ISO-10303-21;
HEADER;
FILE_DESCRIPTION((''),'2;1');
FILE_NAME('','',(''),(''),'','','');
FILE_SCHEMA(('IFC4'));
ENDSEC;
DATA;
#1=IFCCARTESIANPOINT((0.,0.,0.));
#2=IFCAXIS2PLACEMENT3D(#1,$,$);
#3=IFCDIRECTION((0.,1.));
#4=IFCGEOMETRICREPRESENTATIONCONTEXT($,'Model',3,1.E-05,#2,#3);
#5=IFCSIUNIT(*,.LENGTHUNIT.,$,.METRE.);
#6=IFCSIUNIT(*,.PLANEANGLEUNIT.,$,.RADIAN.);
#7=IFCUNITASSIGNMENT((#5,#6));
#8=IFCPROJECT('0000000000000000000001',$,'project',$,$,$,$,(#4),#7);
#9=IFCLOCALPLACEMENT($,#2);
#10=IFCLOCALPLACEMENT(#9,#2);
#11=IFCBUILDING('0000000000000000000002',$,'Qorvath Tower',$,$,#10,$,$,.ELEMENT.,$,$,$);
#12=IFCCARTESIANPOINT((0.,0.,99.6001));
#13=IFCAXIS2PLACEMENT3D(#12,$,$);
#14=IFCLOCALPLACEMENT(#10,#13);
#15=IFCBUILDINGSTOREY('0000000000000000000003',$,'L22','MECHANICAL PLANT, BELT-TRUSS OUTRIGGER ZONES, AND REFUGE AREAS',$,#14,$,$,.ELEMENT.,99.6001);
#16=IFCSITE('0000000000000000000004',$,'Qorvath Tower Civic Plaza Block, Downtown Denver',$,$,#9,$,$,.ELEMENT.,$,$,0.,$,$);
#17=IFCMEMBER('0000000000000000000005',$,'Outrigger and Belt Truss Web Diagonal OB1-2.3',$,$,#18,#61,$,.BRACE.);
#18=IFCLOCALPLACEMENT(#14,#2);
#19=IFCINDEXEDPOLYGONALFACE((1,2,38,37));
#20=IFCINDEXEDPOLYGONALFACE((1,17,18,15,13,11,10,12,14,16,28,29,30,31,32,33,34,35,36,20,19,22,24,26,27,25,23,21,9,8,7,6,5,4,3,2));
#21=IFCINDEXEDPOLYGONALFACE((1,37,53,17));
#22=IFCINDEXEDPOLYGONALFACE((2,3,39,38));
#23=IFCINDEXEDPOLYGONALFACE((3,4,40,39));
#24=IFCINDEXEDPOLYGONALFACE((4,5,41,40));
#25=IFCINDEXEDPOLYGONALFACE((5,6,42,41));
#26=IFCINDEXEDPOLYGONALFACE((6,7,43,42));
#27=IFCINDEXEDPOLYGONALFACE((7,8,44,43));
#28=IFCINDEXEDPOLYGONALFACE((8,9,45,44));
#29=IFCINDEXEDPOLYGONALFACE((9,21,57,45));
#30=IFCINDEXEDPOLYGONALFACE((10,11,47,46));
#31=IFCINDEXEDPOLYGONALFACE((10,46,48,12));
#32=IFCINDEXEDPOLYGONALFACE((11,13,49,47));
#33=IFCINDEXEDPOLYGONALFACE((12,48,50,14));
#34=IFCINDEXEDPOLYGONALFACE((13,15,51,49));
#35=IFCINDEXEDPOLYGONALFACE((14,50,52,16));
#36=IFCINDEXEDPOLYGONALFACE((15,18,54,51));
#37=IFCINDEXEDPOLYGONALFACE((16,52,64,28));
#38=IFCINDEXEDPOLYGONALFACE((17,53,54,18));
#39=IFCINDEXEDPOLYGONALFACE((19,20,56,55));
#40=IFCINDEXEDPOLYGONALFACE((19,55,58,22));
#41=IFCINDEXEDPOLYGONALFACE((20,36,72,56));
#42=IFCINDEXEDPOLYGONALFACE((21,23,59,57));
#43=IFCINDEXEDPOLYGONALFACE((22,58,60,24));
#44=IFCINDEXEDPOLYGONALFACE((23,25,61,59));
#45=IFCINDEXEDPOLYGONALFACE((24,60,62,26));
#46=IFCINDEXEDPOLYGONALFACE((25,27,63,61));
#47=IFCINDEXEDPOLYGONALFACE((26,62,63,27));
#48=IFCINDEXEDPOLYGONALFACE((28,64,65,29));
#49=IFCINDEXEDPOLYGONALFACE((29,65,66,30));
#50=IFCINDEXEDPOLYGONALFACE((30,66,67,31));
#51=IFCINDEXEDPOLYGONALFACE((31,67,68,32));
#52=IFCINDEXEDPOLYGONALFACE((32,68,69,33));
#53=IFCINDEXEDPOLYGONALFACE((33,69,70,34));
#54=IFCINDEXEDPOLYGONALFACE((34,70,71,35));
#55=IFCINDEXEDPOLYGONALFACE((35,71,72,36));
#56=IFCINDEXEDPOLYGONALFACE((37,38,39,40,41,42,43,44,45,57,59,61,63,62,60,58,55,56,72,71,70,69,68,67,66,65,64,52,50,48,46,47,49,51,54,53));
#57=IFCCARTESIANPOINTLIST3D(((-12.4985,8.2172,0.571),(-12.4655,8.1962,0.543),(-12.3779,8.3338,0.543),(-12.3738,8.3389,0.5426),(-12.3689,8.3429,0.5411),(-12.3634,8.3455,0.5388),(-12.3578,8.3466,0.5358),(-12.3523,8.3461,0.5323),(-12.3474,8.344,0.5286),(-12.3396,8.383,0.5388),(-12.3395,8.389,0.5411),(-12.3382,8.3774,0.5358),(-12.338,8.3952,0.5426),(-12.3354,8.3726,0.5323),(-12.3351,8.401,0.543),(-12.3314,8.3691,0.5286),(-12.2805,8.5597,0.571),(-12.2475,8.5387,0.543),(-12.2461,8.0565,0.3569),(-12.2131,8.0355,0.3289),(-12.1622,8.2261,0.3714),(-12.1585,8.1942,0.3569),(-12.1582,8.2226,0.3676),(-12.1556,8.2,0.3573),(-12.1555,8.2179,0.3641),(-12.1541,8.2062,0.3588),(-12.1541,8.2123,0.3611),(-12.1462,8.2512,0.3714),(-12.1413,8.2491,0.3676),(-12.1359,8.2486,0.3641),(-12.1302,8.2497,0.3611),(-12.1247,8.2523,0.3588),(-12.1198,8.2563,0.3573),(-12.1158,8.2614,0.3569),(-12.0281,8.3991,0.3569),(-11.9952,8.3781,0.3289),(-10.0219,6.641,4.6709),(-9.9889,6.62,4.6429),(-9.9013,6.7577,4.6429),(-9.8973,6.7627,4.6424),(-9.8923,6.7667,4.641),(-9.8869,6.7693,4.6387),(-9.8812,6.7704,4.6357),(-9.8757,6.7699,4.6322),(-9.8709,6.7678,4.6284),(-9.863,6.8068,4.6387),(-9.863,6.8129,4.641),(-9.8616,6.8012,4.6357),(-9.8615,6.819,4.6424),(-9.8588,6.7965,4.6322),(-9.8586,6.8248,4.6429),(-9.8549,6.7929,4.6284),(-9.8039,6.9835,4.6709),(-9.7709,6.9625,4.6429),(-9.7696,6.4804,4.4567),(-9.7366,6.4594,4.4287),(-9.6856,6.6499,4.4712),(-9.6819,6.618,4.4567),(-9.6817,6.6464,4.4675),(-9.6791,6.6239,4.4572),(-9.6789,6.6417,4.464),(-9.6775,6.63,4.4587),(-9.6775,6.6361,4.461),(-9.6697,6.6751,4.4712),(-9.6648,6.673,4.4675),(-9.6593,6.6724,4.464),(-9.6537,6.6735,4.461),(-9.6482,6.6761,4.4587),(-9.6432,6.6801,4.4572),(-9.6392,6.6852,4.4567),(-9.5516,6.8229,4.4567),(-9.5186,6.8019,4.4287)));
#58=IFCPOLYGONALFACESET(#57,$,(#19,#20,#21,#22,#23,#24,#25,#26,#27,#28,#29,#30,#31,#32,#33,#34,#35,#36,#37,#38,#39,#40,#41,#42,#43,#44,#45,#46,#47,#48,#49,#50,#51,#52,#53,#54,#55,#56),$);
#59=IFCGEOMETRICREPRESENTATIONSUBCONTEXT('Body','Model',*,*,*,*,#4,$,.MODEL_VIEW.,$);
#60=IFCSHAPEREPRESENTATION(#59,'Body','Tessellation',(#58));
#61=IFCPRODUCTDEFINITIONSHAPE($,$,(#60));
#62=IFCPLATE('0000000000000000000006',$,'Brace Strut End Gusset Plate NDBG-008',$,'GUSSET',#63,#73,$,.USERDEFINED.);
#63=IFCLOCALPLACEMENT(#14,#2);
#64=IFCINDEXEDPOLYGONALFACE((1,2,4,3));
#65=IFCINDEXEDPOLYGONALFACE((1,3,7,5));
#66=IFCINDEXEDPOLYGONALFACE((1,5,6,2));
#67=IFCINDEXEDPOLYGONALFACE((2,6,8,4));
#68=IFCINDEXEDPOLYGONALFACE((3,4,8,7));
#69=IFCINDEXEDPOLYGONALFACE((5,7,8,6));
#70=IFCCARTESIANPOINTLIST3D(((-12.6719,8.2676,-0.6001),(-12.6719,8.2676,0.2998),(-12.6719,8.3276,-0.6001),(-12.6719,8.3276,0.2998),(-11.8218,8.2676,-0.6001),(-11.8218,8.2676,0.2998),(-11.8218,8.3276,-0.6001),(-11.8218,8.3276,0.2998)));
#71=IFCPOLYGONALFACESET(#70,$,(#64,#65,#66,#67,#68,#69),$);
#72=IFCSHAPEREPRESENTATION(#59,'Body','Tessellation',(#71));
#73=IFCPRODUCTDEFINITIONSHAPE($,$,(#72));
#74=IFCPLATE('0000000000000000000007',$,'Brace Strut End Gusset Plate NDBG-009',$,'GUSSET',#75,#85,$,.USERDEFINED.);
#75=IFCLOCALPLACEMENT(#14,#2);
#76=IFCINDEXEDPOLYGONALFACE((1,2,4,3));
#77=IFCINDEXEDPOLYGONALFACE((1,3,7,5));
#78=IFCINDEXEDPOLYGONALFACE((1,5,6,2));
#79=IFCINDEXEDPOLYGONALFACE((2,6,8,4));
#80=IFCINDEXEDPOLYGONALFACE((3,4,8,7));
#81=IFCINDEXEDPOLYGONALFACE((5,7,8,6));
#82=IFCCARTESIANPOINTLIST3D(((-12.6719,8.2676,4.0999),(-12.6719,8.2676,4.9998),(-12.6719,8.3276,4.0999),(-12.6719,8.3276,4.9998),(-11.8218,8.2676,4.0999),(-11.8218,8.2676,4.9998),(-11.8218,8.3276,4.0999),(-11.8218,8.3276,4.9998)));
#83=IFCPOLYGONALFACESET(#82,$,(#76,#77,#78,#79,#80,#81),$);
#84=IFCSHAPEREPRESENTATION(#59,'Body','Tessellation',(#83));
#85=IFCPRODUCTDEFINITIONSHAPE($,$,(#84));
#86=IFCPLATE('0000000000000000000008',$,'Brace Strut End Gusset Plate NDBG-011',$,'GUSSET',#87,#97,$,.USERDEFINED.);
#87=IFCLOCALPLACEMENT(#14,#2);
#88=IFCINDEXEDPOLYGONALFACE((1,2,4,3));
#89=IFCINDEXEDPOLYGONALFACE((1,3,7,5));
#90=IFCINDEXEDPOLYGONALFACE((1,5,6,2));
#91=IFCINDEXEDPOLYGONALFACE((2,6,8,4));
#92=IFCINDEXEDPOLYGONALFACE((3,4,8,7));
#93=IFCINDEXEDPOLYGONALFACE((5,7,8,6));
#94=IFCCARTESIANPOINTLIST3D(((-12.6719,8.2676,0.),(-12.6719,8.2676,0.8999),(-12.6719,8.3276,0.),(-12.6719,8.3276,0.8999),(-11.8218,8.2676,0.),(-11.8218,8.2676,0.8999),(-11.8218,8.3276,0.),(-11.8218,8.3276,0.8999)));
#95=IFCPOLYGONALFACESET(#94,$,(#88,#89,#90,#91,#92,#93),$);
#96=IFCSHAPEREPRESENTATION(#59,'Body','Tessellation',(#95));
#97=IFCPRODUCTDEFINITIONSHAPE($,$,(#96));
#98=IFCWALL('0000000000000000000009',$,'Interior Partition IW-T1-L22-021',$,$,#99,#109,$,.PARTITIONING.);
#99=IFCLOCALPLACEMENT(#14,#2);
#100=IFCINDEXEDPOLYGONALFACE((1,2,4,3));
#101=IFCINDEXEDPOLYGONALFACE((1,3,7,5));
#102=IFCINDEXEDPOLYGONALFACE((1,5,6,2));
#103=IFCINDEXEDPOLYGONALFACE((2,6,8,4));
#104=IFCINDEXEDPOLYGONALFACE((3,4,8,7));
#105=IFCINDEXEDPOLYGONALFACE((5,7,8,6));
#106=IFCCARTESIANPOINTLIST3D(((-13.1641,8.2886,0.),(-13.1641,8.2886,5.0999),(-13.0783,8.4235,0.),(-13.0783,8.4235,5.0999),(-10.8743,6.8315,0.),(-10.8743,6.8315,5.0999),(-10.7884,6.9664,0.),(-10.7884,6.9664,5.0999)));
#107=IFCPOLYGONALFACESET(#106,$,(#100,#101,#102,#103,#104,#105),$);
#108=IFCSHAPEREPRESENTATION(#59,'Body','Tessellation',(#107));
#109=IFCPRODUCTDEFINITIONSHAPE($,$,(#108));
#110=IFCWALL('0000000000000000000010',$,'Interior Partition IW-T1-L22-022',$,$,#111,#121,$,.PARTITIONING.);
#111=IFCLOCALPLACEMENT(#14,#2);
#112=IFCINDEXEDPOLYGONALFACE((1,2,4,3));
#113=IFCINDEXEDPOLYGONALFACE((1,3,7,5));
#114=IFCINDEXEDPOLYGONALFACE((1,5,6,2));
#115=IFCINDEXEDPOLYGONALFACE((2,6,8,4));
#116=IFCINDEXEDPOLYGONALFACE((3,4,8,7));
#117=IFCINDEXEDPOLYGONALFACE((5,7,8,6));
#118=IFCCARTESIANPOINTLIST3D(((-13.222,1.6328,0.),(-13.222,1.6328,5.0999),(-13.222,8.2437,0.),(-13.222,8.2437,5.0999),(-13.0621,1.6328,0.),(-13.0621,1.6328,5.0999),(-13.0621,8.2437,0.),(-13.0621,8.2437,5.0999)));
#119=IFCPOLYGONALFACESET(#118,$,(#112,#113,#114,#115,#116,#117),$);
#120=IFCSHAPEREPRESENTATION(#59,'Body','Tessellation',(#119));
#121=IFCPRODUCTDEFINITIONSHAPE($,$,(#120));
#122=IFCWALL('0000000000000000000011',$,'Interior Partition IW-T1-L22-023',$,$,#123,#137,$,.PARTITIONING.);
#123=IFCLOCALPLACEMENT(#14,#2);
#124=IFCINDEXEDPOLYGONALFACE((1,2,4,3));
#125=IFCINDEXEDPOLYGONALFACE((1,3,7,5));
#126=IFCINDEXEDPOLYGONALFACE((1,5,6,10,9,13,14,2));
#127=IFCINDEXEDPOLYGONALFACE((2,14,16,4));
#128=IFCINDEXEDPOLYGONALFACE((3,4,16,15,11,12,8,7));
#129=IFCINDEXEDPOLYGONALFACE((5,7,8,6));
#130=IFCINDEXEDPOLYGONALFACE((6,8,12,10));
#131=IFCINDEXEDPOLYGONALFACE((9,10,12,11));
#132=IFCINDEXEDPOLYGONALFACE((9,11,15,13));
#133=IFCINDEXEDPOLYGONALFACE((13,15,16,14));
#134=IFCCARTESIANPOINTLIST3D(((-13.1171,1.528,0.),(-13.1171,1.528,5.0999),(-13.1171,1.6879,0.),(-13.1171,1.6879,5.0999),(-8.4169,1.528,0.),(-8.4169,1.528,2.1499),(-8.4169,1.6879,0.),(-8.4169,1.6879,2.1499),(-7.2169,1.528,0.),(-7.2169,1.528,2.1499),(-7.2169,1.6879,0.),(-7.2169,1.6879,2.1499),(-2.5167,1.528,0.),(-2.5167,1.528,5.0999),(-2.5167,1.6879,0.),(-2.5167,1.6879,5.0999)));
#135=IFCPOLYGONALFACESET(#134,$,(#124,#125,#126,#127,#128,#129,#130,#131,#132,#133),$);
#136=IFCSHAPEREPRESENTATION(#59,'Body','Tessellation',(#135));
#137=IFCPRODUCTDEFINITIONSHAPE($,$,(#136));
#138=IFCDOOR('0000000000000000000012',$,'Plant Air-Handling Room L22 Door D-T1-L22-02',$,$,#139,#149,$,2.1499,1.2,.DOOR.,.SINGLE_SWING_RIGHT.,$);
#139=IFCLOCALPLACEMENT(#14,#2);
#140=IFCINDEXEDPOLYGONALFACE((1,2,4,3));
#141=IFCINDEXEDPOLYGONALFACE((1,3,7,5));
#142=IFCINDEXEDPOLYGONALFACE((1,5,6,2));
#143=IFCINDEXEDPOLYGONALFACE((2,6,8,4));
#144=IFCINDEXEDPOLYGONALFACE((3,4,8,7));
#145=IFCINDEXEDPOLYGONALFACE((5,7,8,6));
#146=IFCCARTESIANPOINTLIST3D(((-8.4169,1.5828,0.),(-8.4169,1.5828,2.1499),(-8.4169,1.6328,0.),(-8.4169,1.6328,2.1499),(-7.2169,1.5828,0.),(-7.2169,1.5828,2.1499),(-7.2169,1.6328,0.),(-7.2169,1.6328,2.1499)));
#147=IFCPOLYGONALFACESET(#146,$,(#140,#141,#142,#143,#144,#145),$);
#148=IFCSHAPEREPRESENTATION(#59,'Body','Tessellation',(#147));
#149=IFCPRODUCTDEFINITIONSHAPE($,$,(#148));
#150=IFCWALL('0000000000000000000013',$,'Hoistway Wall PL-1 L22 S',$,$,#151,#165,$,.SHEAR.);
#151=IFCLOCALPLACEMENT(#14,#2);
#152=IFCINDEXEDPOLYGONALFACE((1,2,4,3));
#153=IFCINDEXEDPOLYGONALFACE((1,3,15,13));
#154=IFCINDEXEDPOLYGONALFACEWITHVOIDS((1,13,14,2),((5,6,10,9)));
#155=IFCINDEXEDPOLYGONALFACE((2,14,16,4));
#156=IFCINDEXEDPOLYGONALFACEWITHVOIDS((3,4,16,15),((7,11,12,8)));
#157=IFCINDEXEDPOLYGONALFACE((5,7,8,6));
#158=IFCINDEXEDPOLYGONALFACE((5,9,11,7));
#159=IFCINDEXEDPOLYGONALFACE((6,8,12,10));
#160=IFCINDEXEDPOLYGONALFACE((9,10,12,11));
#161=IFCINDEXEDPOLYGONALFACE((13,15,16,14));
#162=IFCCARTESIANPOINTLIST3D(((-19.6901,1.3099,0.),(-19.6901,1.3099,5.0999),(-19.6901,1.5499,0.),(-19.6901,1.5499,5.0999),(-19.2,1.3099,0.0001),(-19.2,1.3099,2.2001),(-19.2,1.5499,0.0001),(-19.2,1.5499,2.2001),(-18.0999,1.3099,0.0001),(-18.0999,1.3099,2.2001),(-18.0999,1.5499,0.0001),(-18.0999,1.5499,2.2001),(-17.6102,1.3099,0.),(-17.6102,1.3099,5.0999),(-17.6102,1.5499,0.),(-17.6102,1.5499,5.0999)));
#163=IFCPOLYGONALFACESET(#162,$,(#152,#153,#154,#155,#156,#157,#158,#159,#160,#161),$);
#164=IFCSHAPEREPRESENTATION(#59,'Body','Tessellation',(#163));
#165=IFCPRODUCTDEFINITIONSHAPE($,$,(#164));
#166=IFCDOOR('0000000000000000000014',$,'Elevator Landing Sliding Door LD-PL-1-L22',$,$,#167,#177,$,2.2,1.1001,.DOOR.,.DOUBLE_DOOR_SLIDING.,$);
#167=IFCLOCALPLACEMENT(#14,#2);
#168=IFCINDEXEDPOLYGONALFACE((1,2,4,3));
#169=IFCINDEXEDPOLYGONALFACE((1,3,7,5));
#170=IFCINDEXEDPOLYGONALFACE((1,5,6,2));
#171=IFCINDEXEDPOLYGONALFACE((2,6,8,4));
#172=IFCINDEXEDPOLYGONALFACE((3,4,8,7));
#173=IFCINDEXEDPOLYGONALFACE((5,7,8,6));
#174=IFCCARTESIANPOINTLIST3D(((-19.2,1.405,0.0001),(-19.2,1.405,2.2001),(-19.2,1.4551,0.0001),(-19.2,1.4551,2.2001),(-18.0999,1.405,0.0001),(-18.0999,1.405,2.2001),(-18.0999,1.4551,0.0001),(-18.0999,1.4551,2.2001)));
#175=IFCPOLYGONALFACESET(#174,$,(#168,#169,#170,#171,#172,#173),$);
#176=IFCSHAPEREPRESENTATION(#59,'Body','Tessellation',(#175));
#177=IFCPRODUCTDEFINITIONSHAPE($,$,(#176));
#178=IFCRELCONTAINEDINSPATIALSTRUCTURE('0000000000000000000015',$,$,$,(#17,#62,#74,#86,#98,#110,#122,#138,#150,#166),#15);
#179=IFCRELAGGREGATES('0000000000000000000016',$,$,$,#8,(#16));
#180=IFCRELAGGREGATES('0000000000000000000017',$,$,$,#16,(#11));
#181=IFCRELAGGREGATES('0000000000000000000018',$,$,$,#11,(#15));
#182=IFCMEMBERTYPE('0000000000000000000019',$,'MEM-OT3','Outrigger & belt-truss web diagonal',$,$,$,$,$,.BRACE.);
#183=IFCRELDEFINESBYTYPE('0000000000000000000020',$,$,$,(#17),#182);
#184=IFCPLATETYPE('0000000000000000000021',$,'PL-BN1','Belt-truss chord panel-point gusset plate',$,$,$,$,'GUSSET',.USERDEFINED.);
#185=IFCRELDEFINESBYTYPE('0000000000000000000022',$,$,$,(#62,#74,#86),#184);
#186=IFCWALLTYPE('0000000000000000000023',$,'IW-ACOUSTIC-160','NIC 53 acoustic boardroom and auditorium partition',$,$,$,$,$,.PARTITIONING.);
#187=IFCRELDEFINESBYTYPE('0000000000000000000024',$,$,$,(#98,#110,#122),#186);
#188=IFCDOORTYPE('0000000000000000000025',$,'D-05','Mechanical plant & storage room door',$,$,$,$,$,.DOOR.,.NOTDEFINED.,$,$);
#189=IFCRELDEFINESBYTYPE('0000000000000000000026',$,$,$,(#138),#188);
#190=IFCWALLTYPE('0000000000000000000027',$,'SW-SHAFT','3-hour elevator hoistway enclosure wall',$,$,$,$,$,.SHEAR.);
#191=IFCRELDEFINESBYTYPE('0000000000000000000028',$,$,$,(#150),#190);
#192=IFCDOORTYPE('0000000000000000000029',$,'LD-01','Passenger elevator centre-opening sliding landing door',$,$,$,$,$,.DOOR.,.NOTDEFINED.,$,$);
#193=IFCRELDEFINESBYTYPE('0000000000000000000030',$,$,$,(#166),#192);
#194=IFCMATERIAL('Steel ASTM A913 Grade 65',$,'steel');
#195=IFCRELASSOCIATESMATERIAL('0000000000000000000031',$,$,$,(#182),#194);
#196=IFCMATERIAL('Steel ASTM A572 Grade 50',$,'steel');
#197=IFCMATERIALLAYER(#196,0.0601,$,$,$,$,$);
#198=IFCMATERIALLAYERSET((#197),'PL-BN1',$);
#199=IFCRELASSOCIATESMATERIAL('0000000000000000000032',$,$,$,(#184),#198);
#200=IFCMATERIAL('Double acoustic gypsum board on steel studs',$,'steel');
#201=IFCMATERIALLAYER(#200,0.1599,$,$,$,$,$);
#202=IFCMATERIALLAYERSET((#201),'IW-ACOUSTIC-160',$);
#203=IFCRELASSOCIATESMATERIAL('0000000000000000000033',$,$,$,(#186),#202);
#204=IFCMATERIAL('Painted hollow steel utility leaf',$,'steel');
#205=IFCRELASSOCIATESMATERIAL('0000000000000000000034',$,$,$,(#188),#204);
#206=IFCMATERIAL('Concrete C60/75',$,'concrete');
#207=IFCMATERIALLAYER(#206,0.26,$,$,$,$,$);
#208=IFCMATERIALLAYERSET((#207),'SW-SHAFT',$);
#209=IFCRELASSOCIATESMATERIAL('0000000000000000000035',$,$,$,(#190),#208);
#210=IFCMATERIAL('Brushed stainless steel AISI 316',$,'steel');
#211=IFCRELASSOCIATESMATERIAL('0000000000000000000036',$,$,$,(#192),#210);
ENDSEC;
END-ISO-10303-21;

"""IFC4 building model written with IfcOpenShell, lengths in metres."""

from ifc_helpers import new_model, si_unit, direction, frame, frame_2d, origin, origin_2d, place, context, subcontext, project, spatial, rectangle, i_section, extrude, material, layer, layer_set, material_profile, profile_set, type_object, element, fill, save


model = new_model("IFC4")

# Units and contexts
model_context = context("Model", 3, precision=1e-05, world=origin(), true_north=direction((0.0, 1.0)))
body_context = subcontext(model_context, "Body", "Model", "MODEL_VIEW")
ifc_project = project(units=[si_unit("LENGTHUNIT", "METRE"), si_unit("PLANEANGLEUNIT", "RADIAN")], contexts=[model_context])

# Site, building, storey
site_placement = place(None, origin())
site = spatial("IfcSite", under=ifc_project, at=site_placement, Name="Qorvath Tower Civic Plaza Block, Downtown Denver", CompositionType="ELEMENT", RefElevation=0.0)
building_placement = place(site_placement, origin())
building = spatial("IfcBuilding", under=site, at=building_placement, Name="Qorvath Tower", CompositionType="ELEMENT")
storey_placement = place(building_placement, frame((0.0, 0.0, 99.6001)))
storey = spatial("IfcBuildingStorey", under=building, at=storey_placement, Name="L22", Description="MECHANICAL PLANT, BELT-TRUSS OUTRIGGER ZONES, AND REFUGE AREAS", CompositionType="ELEMENT", Elevation=99.6001)

# Member
ifc_material_1 = material(Name="Steel ASTM A913 Grade 65", Category="steel")
ifc_material_profile_1 = material_profile(ifc_material_1, i_section(OverallWidth=0.406, OverallDepth=0.416, WebThickness=0.0298, FlangeThickness=0.0481, FilletRadius=0.0249, at=origin_2d()), Name="W14x257")
ifc_profile_set_1 = profile_set([ifc_material_profile_1], Name="Steel ASTM A913 Grade 65")
member_type_1 = type_object("IfcMemberType", Name="MEM-OT3", Description="Outrigger & belt-truss web diagonal", PredefinedType="BRACE", material=ifc_profile_set_1)
for number, where, z_axis, x_axis, name in (
    (1, (-12.2468, 8.2976, 0.45), (0.491141, -0.312579, 0.813065), (0.536919, 0.843634, 0.0), "Outrigger and Belt Truss Web Diagonal OB1-2.3"),
):
    element("IfcMember", number, at=place(storey_placement, frame(where, z_axis=z_axis, x_axis=x_axis)), inside=storey, type_object=member_type_1, Name=name, PredefinedType="BRACE", context=body_context, shape_type="SweptSolid", body=[
        extrude(i_section(OverallWidth=0.406, OverallDepth=0.416, WebThickness=0.0298, FlangeThickness=0.0481, FilletRadius=0.0249, at=origin_2d()), origin(), (0.0, 0.0, 1.0), 5.0425),
    ])

# Plates
ifc_material_2 = material(Name="Steel ASTM A572 Grade 50", Category="steel")
ifc_layer_1 = layer(ifc_material_2, 0.0601)
ifc_layer_set_1 = layer_set([ifc_layer_1], Name="PL-BN1")
plate_type = type_object("IfcPlateType", Name="PL-BN1", Description="Belt-truss chord panel-point gusset plate", ElementType="GUSSET", PredefinedType="USERDEFINED", material=ifc_layer_set_1)
for number, where, z_axis, x_axis, name in (
    (2, (-12.2468, 8.2976, -0.6001), (0.0, 0.0, 1.0), (1.0, 0.0, 0.0), "Brace Strut End Gusset Plate NDBG-008"),
    (3, (-12.2468, 8.2976, 4.0999), (0.0, 0.0, 1.0), (1.0, 0.0, 0.0), "Brace Strut End Gusset Plate NDBG-009"),
    (4, (-12.2468, 8.2976, 0.0), (0.0, 0.0, 1.0), (1.0, 0.0, 0.0), "Brace Strut End Gusset Plate NDBG-011"),
):
    element("IfcPlate", number, at=place(storey_placement, frame(where, z_axis=z_axis, x_axis=x_axis)), inside=storey, type_object=plate_type, Name=name, ObjectType="GUSSET", PredefinedType="USERDEFINED", context=body_context, shape_type="SweptSolid", body=[
        extrude(rectangle(XDim=0.8501, YDim=0.0601, at=origin_2d()), origin(), (0.0, 0.0, 1.0), 0.8999),
    ])

# Walls
ifc_material_3 = material(Name="Double acoustic gypsum board on steel studs", Category="steel")
ifc_layer_2 = layer(ifc_material_3, 0.1599)
ifc_layer_set_2 = layer_set([ifc_layer_2], Name="IW-ACOUSTIC-160")
wall_type_1 = type_object("IfcWallType", Name="IW-ACOUSTIC-160", Description="NIC 53 acoustic boardroom and auditorium partition", PredefinedType="PARTITIONING", material=ifc_layer_set_2)
wall_1_placement = place(storey_placement, frame((-13.1211, 8.356, 0.0), z_axis=(0.0, 0.0, 1.0), x_axis=(0.84368, -0.536846, 0.0)))
element("IfcWall", 5, at=wall_1_placement, inside=storey, type_object=wall_type_1, Name="Interior Partition IW-T1-L22-021", PredefinedType="PARTITIONING", context=body_context, shape_type="SweptSolid", body=[
    extrude(rectangle(XDim=2.7141, YDim=0.1599, at=frame_2d((1.3569, 0.0))), origin(), (0.0, 0.0, 1.0), 5.0999),
])
wall_2_placement = place(storey_placement, frame((-13.1421, 8.2437, 0.0), z_axis=(0.0, 0.0, 1.0), x_axis=(0.0, -1.0, 0.0)))
element("IfcWall", 6, at=wall_2_placement, inside=storey, type_object=wall_type_1, Name="Interior Partition IW-T1-L22-022", PredefinedType="PARTITIONING", context=body_context, shape_type="SweptSolid", body=[
    extrude(rectangle(XDim=6.6108, YDim=0.1599, at=frame_2d((3.3054, 0.0))), origin(), (0.0, 0.0, 1.0), 5.0999),
])

# Walls, openings, doors
wall_3_placement = place(storey_placement, frame((-13.1172, 1.6079, 0.0), z_axis=(0.0, 0.0, 1.0), x_axis=(1.0, 0.0, 0.0)))
wall_3 = element("IfcWall", 7, at=wall_3_placement, inside=storey, type_object=wall_type_1, Name="Interior Partition IW-T1-L22-023", PredefinedType="PARTITIONING", context=body_context, shape_type="SweptSolid", body=[
    extrude(rectangle(XDim=10.6003, YDim=0.1599, at=frame_2d((5.3003, 0.0))), origin(), (0.0, 0.0, 1.0), 5.0999),
])
opening_1_placement = place(wall_3_placement, frame((4.7002, 0.0, 0.0)))
opening_1 = element("IfcOpeningElement", 8, at=opening_1_placement, cuts=wall_3, PredefinedType="OPENING", context=body_context, shape_type="SweptSolid", body=[
    extrude(rectangle(XDim=1.2, YDim=2.1499, at=frame_2d((0.6001, 1.075))), frame((0.0, 0.0898, 0.0), z_axis=(0.0, -1.0, 0.0), x_axis=(1.0, 0.0, 0.0)), (0.0, 0.0, 1.0), 0.1799),
])
ifc_material_4 = material(Name="Painted hollow steel utility leaf", Category="steel")
door_type_1 = type_object("IfcDoorType", Name="D-05", Description="Mechanical plant & storage room door", OperationType="NOTDEFINED", PredefinedType="DOOR", material=ifc_material_4)
door_1_placement = place(opening_1_placement, origin())
door_1 = element("IfcDoor", 9, at=door_1_placement, inside=storey, type_object=door_type_1, Name="Plant Air-Handling Room L22 Door D-T1-L22-02", OperationType="SINGLE_SWING_RIGHT", OverallHeight=2.1499, OverallWidth=1.2, PredefinedType="DOOR", context=body_context, shape_type="SweptSolid", body=[
    extrude(rectangle(XDim=1.2, YDim=2.1499, at=frame_2d((0.6001, 1.075))), frame((0.0, 0.0249, 0.0), z_axis=(0.0, -1.0, 0.0), x_axis=(1.0, 0.0, 0.0)), (0.0, 0.0, 1.0), 0.05),
])
fill(opening_1, door_1)
ifc_material_5 = material(Name="Concrete C60/75", Category="concrete")
ifc_layer_3 = layer(ifc_material_5, 0.26)
ifc_layer_set_3 = layer_set([ifc_layer_3], Name="SW-SHAFT")
wall_type_2 = type_object("IfcWallType", Name="SW-SHAFT", Description="3-hour elevator hoistway enclosure wall", PredefinedType="SHEAR", material=ifc_layer_set_3)
wall_4_placement = place(storey_placement, frame((-17.6101, 1.4299, 0.0), z_axis=(0.0, 0.0, 1.0), x_axis=(-1.0, 0.0, 0.0)))
wall_4 = element("IfcWall", 10, at=wall_4_placement, inside=storey, type_object=wall_type_2, Name="Hoistway Wall PL-1 L22 S", PredefinedType="SHEAR", context=body_context, shape_type="SweptSolid", body=[
    extrude(rectangle(XDim=2.0798, YDim=0.24, at=frame_2d((1.04, 0.0))), origin(), (0.0, 0.0, 1.0), 5.0999),
])
opening_2_placement = place(wall_4_placement, frame((0.4897, 0.0, 0.0)))
opening_2 = element("IfcOpeningElement", 11, at=opening_2_placement, cuts=wall_4, PredefinedType="OPENING", context=body_context, shape_type="SweptSolid", body=[
    extrude(rectangle(XDim=1.1001, YDim=2.2, at=frame_2d((0.55, 1.1001))), frame((0.0, 0.1299, 0.0), z_axis=(0.0, -1.0, 0.0), x_axis=(1.0, 0.0, 0.0)), (0.0, 0.0, 1.0), 0.26),
])
ifc_material_6 = material(Name="Brushed stainless steel AISI 316", Category="steel")
door_type_2 = type_object("IfcDoorType", Name="LD-01", Description="Passenger elevator centre-opening sliding landing door", OperationType="NOTDEFINED", PredefinedType="DOOR", material=ifc_material_6)
door_2_placement = place(opening_2_placement, origin())
door_2 = element("IfcDoor", 12, at=door_2_placement, inside=storey, type_object=door_type_2, Name="Elevator Landing Sliding Door LD-PL-1-L22", OperationType="DOUBLE_DOOR_SLIDING", OverallHeight=2.2, OverallWidth=1.1001, PredefinedType="DOOR", context=body_context, shape_type="SweptSolid", body=[
    extrude(rectangle(XDim=1.1001, YDim=2.2, at=frame_2d((0.55, 1.1001))), frame((0.0, 0.0249, 0.0), z_axis=(0.0, -1.0, 0.0), x_axis=(1.0, 0.0, 0.0)), (0.0, 0.0, 1.0), 0.05),
])
fill(opening_2, door_2)

save(model, "model.ifc")
